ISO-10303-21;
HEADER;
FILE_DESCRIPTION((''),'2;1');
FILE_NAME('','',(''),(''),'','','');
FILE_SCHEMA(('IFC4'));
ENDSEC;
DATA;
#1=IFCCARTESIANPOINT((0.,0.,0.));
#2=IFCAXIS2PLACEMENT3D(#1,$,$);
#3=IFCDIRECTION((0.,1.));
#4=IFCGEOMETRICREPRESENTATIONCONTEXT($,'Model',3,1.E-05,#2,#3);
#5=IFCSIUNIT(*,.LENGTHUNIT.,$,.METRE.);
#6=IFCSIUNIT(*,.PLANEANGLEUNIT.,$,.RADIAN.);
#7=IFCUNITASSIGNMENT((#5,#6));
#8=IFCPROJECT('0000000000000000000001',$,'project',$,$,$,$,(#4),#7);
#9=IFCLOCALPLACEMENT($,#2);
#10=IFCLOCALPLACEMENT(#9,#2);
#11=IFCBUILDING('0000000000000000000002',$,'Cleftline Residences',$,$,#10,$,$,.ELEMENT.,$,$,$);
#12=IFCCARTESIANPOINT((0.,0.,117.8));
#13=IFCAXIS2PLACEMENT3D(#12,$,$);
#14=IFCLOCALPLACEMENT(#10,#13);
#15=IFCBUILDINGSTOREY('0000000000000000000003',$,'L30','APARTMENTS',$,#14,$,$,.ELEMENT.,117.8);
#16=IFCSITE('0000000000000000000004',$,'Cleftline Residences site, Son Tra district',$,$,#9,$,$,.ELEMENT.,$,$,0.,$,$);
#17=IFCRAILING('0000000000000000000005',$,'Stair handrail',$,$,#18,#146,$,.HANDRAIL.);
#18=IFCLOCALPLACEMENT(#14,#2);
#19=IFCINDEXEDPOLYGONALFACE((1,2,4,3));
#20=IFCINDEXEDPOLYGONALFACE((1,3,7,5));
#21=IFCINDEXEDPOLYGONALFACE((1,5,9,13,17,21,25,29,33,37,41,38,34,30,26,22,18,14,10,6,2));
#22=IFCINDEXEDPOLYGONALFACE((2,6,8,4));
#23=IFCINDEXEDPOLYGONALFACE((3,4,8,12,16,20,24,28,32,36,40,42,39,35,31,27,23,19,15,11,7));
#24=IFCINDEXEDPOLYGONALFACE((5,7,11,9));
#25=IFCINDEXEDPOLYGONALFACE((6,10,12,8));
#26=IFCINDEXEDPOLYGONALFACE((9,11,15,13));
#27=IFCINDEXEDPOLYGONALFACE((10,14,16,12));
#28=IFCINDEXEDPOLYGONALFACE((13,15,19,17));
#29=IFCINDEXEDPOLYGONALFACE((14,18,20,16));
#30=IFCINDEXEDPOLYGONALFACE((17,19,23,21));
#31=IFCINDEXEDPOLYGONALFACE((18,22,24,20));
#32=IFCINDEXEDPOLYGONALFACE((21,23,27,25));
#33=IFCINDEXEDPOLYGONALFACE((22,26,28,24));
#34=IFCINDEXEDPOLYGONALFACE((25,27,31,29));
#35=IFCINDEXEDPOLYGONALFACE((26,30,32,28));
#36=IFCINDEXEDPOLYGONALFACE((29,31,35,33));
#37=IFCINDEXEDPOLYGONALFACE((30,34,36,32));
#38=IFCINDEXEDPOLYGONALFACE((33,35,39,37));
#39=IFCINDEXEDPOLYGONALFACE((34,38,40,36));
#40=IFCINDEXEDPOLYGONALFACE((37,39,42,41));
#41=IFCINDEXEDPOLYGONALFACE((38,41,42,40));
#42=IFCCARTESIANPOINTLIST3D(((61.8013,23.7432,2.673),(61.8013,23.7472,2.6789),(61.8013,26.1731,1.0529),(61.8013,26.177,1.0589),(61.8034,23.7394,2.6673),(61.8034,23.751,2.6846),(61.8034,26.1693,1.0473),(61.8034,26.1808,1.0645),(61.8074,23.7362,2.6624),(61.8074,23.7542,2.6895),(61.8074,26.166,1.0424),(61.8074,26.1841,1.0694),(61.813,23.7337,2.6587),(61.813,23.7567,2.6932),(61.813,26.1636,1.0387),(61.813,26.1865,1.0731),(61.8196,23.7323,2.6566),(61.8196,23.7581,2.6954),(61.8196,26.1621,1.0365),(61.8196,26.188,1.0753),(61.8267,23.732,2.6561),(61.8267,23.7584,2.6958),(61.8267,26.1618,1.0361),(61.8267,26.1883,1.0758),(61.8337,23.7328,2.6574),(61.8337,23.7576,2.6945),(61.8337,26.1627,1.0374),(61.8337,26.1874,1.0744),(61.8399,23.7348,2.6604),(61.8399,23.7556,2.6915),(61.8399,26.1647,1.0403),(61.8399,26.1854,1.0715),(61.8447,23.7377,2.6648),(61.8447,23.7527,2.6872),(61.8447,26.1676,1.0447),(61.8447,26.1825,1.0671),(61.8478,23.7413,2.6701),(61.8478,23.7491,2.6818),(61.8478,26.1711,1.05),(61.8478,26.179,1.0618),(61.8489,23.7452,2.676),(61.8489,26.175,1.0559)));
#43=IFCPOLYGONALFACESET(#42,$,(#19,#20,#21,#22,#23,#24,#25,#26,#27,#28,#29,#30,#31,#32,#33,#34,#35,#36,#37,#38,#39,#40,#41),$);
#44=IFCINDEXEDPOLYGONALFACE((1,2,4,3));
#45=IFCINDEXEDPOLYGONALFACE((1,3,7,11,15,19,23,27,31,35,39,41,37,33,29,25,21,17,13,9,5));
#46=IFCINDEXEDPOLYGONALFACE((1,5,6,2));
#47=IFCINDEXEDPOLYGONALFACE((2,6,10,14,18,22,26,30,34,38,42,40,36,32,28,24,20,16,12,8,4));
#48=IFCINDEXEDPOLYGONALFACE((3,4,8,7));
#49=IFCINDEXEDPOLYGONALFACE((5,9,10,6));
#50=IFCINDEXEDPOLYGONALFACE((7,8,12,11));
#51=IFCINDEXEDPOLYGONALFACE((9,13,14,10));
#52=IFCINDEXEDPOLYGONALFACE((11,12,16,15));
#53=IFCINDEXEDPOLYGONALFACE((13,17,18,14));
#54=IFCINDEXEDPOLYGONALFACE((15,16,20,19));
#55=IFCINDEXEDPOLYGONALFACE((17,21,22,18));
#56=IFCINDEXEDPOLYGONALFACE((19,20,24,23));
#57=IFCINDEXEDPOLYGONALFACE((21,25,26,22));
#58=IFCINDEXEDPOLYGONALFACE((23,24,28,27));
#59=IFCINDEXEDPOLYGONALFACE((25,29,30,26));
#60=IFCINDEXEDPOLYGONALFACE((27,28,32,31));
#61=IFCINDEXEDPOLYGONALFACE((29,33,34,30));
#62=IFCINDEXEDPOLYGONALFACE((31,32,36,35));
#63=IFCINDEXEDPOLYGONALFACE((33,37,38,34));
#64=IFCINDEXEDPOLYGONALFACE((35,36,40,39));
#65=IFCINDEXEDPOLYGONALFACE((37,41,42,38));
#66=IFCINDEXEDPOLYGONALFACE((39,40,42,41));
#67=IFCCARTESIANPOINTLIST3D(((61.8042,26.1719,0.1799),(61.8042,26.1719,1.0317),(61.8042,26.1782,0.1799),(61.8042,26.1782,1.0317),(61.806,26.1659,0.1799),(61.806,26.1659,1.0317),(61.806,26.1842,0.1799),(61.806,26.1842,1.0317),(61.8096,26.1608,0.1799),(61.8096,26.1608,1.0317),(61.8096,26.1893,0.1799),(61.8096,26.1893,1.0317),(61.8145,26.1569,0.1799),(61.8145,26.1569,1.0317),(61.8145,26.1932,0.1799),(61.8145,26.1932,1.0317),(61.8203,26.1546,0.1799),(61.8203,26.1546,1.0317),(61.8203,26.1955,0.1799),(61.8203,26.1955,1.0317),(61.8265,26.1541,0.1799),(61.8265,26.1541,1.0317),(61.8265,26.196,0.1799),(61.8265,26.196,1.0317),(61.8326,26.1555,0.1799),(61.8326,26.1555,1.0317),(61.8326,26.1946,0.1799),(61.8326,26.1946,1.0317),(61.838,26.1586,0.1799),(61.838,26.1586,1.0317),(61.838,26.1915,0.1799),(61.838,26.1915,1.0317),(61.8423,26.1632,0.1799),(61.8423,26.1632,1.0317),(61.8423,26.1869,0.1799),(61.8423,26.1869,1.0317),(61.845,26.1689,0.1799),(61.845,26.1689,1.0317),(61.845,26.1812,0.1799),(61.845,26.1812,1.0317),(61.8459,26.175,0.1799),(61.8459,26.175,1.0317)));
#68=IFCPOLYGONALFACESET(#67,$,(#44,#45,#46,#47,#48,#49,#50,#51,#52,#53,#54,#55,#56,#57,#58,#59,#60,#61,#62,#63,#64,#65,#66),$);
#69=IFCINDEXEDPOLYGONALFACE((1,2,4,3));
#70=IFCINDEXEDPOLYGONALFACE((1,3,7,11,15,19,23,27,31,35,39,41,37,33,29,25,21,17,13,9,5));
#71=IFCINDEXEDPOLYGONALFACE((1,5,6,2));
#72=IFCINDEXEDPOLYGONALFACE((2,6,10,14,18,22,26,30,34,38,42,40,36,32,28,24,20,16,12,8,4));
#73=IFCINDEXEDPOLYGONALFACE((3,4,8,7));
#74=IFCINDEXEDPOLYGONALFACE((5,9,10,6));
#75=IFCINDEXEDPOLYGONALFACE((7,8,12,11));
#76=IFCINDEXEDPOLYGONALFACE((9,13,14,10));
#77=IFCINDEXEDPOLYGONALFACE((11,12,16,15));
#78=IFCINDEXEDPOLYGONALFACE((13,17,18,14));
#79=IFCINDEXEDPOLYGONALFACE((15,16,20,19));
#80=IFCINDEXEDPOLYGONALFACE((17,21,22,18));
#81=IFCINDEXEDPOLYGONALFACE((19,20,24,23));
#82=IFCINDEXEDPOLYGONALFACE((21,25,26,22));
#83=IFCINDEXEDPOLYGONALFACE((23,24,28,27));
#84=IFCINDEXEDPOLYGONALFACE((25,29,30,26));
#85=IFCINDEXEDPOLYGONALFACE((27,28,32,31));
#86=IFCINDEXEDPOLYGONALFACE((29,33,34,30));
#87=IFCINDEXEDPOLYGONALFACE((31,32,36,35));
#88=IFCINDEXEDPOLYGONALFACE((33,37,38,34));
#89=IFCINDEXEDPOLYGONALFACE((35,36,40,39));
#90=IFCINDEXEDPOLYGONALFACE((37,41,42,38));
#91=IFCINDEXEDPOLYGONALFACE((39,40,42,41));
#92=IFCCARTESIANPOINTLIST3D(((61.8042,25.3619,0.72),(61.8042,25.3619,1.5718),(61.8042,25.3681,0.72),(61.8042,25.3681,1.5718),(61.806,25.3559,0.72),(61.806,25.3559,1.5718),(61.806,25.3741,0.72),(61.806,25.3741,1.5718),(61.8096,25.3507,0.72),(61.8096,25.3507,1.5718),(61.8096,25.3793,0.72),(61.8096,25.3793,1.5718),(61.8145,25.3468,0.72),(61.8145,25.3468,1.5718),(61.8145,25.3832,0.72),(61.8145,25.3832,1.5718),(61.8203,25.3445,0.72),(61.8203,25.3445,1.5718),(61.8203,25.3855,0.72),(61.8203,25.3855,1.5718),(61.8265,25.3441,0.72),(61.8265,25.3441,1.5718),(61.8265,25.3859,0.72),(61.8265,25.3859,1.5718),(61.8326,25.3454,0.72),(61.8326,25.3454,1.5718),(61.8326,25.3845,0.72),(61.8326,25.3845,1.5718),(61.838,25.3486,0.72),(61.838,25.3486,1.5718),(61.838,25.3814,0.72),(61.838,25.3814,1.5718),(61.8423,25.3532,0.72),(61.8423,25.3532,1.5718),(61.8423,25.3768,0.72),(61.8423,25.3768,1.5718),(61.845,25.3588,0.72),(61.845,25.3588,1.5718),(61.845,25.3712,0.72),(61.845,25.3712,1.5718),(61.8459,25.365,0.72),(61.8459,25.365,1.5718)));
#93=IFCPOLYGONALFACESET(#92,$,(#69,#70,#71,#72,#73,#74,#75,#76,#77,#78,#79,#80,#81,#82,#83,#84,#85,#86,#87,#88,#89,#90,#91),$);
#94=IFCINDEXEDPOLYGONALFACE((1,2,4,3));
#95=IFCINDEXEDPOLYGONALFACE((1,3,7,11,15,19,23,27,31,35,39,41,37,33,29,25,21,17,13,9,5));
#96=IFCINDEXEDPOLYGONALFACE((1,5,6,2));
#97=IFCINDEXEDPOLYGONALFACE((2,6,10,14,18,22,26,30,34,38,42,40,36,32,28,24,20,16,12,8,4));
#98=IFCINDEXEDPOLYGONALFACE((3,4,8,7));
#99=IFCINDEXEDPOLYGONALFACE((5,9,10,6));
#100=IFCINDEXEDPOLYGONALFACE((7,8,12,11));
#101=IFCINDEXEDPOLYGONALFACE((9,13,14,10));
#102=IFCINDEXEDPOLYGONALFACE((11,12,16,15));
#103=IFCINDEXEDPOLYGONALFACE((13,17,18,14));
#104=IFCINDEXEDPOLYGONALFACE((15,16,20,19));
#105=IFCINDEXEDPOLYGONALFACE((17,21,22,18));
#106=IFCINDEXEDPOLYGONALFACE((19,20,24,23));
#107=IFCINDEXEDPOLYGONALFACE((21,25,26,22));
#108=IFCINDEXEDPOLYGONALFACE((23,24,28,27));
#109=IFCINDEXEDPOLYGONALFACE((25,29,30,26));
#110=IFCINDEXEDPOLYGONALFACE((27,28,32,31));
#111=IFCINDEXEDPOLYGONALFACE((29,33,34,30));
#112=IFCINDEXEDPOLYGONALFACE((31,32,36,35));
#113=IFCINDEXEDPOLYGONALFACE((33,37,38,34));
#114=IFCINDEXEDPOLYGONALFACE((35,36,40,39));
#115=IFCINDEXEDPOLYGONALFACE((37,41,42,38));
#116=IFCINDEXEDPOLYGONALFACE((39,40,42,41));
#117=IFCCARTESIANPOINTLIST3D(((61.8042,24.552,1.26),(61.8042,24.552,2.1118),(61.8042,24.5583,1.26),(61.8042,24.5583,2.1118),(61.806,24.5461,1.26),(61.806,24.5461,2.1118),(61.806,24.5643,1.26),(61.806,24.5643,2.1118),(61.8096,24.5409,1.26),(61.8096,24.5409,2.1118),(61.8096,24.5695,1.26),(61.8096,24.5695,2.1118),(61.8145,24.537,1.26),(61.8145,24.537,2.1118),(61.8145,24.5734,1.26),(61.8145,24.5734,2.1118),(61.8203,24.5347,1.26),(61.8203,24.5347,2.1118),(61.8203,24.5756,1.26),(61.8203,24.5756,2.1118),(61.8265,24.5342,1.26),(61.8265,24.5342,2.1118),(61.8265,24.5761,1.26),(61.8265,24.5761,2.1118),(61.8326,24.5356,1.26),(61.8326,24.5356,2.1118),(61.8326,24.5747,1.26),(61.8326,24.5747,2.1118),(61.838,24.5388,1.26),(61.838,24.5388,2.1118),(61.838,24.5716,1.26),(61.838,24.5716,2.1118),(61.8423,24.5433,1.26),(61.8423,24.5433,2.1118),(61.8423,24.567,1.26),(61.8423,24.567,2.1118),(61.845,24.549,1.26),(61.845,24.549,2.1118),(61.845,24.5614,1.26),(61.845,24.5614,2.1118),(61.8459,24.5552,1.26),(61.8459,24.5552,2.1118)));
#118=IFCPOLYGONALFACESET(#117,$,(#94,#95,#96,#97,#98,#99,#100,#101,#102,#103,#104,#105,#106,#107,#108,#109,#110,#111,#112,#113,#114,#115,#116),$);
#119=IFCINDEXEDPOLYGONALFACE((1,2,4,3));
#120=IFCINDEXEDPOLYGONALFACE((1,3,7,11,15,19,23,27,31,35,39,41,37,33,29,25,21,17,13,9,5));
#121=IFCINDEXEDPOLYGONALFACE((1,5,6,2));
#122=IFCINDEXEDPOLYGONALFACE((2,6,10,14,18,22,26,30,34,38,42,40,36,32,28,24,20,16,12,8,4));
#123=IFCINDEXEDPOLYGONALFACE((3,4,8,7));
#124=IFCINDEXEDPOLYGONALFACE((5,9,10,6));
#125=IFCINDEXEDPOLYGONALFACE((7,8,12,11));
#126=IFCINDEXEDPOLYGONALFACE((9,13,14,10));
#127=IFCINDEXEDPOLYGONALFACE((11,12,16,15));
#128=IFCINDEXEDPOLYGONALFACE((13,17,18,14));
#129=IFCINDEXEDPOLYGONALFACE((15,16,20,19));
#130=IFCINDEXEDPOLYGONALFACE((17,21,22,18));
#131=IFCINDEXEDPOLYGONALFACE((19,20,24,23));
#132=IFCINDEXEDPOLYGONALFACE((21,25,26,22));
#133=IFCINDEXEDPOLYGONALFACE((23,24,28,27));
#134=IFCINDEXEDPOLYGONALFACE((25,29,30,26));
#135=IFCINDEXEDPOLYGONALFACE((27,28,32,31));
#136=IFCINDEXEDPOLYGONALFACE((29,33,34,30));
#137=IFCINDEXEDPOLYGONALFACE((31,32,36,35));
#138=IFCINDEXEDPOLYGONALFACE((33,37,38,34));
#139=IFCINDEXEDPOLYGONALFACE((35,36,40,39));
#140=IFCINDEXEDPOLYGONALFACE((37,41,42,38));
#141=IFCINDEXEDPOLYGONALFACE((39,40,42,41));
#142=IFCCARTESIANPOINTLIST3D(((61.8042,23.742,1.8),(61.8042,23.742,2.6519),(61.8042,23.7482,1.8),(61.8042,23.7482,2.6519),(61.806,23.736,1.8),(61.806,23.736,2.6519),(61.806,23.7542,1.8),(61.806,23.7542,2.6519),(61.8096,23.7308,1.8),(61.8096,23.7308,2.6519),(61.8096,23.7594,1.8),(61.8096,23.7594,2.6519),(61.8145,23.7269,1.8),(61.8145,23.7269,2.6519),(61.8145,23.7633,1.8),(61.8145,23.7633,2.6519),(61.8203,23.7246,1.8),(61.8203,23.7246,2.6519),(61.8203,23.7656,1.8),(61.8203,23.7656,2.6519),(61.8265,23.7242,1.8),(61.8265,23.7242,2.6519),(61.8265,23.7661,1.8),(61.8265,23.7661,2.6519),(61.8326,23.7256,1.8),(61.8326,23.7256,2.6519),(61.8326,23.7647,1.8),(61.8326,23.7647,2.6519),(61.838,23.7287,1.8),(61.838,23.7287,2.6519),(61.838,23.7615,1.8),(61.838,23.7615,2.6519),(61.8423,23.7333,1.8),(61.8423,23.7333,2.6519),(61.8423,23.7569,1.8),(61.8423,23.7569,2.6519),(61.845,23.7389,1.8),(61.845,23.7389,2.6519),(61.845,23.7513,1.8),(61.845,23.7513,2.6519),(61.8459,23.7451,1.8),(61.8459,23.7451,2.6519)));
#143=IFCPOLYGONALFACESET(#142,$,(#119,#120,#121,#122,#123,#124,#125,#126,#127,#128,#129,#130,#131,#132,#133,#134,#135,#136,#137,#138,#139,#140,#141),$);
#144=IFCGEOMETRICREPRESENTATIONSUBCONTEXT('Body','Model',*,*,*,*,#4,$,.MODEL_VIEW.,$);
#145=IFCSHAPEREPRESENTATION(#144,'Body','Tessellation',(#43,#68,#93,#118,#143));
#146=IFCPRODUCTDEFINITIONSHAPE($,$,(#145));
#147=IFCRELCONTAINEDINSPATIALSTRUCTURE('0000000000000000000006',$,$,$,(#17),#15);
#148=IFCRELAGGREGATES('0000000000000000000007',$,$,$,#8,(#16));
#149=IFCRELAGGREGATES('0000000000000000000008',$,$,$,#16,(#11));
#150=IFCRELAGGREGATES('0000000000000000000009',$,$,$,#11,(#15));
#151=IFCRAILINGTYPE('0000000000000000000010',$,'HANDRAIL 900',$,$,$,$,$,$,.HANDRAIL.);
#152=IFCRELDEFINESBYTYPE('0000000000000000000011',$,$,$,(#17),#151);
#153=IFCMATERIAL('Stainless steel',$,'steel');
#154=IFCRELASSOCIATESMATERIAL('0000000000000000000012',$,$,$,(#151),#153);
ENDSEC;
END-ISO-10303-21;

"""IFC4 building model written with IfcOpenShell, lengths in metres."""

from ifc_helpers import new_model, si_unit, direction, frame, origin, origin_2d, place, context, subcontext, project, spatial, circle, extrude, material, type_object, element, save


model = new_model("IFC4")

# Units and contexts
model_context = context("Model", 3, precision=1e-05, world=origin(), true_north=direction((0.0, 1.0)))
body_context = subcontext(model_context, "Body", "Model", "MODEL_VIEW")
ifc_project = project(units=[si_unit("LENGTHUNIT", "METRE"), si_unit("PLANEANGLEUNIT", "RADIAN")], contexts=[model_context])

# Site, building, storey
site_placement = place(None, origin())
site = spatial("IfcSite", under=ifc_project, at=site_placement, Name="Cleftline Residences site, Son Tra district", CompositionType="ELEMENT", RefElevation=0.0)
building_placement = place(site_placement, origin())
building = spatial("IfcBuilding", under=site, at=building_placement, Name="Cleftline Residences", CompositionType="ELEMENT")
storey_placement = place(building_placement, frame((0.0, 0.0, 117.8)))
storey = spatial("IfcBuildingStorey", under=building, at=storey_placement, Name="L30", Description="APARTMENTS", CompositionType="ELEMENT", Elevation=117.8)

# Railing
ifc_material_1 = material(Name="Stainless steel", Category="steel")
railing_type = type_object("IfcRailingType", Name="HANDRAIL 900", PredefinedType="HANDRAIL", material=ifc_material_1)
railing_placement = place(storey_placement, frame((61.825, 26.175, 0.1799)))
element("IfcRailing", 1, at=railing_placement, inside=storey, type_object=railing_type, Name="Stair handrail", PredefinedType="HANDRAIL", context=body_context, shape_type="SweptSolid", body=[
    extrude(circle(Radius=0.0239, at=origin_2d()), frame((0.0, 0.0, 0.876), z_axis=(0.0, -0.832025, 0.554739), x_axis=(1.0, 0.0, 0.0)), (0.0, 0.0, 1.0), 2.9204),
    extrude(circle(Radius=0.021, at=origin_2d()), origin(), (0.0, 0.0, 1.0), 0.8518),
    extrude(circle(Radius=0.021, at=origin_2d()), frame((0.0, -0.8101, 0.54)), (0.0, 0.0, 1.0), 0.8518),
    extrude(circle(Radius=0.021, at=origin_2d()), frame((0.0, -1.6199, 1.0801)), (0.0, 0.0, 1.0), 0.8518),
    extrude(circle(Radius=0.021, at=origin_2d()), frame((0.0, -2.4299, 1.6201)), (0.0, 0.0, 1.0), 0.8518),
])

save(model, "model.ifc")
